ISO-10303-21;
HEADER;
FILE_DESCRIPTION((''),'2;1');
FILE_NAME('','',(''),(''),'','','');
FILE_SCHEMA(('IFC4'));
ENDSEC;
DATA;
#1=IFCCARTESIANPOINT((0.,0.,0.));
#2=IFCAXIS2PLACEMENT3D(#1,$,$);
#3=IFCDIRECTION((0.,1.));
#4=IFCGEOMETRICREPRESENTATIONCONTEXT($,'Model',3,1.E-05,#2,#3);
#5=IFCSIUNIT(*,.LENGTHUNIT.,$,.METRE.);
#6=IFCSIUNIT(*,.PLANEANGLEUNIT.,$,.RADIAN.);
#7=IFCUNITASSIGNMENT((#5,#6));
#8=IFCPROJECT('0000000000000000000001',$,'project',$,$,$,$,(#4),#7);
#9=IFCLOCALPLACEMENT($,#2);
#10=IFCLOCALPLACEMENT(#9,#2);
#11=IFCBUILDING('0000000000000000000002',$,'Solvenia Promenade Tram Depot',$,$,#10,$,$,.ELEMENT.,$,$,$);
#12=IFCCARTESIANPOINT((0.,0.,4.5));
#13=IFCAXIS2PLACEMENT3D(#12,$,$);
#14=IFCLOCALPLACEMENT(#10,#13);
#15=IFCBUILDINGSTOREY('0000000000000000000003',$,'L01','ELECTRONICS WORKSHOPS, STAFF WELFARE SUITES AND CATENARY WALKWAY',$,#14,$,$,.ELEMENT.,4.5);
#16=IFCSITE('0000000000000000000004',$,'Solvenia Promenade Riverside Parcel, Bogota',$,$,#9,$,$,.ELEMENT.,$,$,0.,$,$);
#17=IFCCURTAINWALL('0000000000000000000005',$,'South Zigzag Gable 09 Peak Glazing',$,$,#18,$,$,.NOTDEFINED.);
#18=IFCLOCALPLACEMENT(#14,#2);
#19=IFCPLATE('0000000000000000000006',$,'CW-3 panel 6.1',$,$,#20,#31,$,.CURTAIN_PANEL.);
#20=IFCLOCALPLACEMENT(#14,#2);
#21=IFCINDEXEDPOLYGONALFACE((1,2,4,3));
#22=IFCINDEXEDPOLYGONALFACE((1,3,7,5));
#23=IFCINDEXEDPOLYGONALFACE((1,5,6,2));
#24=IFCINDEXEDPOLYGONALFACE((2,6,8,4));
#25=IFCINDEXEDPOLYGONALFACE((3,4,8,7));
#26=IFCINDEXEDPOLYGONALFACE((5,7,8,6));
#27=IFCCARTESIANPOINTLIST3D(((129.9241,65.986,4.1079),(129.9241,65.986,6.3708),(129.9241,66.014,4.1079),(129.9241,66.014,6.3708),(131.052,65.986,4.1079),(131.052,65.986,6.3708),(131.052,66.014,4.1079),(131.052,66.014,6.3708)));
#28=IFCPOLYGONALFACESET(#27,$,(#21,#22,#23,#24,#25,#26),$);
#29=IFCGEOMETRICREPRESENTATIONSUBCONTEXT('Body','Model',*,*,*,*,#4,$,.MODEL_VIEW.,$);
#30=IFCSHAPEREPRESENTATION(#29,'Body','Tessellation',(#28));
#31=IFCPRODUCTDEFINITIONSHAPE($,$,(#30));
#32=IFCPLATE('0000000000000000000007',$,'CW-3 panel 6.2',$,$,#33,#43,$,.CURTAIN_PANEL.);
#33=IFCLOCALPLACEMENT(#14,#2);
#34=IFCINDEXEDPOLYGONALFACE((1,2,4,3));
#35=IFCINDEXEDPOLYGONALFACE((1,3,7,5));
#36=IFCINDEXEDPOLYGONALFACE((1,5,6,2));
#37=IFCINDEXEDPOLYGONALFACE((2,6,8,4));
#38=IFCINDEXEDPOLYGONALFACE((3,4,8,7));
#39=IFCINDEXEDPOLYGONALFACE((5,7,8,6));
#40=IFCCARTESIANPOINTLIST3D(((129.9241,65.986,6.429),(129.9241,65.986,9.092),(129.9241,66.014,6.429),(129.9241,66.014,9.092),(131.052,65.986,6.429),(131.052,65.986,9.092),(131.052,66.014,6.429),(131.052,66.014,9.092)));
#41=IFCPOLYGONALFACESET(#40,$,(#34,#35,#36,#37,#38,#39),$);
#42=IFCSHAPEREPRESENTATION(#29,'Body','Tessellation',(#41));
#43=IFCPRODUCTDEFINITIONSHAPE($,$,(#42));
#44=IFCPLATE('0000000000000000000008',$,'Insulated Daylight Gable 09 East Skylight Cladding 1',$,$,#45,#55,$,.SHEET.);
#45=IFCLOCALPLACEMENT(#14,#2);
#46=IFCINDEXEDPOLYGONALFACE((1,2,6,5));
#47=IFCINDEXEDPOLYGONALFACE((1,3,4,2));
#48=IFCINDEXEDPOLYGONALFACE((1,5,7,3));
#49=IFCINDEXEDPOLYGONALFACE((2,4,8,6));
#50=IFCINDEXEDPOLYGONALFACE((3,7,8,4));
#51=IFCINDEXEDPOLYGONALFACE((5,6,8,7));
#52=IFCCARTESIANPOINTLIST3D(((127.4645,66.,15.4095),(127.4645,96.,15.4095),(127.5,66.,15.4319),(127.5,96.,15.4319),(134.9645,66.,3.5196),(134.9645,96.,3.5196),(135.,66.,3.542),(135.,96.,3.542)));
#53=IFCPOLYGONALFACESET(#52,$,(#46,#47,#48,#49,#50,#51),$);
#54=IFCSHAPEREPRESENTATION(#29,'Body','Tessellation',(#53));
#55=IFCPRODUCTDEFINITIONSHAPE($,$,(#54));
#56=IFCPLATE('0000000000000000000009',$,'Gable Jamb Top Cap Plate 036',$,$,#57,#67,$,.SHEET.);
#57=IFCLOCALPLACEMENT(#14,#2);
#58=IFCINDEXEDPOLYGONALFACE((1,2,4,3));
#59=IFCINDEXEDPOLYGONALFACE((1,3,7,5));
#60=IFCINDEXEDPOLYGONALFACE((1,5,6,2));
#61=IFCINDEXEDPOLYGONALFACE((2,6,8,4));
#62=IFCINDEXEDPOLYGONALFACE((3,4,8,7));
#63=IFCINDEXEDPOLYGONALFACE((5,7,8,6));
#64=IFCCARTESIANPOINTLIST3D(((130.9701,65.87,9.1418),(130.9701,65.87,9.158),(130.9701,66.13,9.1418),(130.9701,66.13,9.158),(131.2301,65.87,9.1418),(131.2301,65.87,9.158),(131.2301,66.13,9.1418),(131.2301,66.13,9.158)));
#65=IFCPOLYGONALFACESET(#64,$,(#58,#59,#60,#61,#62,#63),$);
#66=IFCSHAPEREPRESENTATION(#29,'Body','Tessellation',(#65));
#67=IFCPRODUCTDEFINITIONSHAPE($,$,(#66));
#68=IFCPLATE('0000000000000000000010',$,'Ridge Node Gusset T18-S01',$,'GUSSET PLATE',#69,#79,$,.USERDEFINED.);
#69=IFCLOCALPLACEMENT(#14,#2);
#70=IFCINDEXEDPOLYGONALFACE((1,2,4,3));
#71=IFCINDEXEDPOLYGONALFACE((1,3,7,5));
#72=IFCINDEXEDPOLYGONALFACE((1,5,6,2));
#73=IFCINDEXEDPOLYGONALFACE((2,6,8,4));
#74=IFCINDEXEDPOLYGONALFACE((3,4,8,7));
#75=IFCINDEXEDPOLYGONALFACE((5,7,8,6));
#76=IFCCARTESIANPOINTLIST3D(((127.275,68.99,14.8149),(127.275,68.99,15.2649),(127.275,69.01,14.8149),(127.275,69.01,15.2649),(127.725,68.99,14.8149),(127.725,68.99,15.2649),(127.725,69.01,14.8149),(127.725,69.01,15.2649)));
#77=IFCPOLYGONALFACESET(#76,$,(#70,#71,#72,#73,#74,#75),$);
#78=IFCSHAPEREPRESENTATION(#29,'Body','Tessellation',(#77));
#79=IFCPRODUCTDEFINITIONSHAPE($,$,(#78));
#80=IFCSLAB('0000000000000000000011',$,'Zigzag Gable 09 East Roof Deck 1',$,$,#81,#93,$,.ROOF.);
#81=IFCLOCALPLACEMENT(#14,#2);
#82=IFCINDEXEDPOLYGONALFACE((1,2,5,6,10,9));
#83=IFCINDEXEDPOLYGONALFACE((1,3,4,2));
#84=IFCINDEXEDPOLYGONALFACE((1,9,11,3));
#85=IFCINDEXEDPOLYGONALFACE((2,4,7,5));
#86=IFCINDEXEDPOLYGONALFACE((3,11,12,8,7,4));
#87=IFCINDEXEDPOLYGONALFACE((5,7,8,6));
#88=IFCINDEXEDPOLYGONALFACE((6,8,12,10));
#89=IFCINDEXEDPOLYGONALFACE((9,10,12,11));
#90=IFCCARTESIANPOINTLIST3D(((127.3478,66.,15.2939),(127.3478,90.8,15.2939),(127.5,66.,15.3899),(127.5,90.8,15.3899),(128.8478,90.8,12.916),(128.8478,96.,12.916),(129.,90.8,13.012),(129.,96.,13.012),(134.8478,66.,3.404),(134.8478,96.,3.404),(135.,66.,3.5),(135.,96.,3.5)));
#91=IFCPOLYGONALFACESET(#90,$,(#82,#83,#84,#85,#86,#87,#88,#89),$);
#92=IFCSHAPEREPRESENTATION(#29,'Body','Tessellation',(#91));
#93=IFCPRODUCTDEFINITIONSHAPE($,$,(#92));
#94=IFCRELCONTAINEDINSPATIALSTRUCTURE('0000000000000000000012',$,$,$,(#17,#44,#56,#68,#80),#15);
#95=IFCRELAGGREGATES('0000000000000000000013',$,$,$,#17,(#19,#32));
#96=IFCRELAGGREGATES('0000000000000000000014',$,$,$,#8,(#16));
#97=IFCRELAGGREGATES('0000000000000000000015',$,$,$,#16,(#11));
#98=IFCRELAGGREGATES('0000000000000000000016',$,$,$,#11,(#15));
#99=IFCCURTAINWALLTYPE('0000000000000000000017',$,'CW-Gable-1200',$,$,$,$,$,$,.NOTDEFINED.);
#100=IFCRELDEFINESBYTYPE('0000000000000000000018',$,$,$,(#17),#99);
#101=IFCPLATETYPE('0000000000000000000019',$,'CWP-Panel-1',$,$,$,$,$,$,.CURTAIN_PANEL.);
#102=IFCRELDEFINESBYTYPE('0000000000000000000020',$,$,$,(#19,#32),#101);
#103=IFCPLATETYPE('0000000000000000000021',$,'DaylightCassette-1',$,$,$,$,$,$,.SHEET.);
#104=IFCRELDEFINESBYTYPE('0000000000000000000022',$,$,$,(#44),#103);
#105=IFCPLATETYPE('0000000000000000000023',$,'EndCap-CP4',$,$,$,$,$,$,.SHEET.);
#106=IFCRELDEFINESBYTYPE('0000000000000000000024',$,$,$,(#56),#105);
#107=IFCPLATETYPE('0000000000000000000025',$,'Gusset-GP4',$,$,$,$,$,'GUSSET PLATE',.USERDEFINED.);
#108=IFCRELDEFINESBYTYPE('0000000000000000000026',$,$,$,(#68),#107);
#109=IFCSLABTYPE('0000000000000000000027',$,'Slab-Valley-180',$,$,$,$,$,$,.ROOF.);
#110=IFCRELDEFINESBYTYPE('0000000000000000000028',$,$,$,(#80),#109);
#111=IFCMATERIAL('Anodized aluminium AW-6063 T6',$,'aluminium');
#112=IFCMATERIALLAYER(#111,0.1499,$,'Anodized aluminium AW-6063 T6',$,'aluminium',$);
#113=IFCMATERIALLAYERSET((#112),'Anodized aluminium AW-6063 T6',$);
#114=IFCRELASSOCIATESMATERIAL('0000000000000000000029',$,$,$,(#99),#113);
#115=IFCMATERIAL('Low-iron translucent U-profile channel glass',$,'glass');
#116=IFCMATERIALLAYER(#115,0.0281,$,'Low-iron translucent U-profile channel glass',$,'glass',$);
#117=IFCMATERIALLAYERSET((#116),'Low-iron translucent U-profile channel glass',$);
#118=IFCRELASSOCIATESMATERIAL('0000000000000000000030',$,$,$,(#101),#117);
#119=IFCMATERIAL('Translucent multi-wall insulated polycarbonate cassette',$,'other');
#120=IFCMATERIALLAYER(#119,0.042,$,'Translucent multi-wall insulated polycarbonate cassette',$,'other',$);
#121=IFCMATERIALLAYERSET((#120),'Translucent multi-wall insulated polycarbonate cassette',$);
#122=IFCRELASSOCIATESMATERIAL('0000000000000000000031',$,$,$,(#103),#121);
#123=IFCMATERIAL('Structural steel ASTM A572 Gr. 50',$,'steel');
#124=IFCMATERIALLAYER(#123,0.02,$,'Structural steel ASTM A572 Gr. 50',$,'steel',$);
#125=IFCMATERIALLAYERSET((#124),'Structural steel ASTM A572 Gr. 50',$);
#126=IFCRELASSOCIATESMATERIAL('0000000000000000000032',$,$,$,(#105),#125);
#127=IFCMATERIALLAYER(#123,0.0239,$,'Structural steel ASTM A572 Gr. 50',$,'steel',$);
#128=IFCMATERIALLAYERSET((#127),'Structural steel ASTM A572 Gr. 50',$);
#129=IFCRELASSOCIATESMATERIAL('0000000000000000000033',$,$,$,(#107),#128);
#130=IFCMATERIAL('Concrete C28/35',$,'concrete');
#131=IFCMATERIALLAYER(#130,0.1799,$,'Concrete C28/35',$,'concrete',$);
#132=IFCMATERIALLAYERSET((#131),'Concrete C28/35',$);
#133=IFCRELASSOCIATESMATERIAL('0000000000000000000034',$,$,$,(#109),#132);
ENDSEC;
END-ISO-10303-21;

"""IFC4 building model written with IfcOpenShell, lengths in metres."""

from ifc_helpers import new_model, si_unit, direction, frame, origin, origin_2d, place, context, subcontext, project, spatial, polyline, rectangle, outline, extrude, material, layer, layer_set, type_object, element, aggregate, save


model = new_model("IFC4")

# Units and contexts
model_context = context("Model", 3, precision=1e-05, world=origin(), true_north=direction((0.0, 1.0)))
body_context = subcontext(model_context, "Body", "Model", "MODEL_VIEW")
ifc_project = project(units=[si_unit("LENGTHUNIT", "METRE"), si_unit("PLANEANGLEUNIT", "RADIAN")], contexts=[model_context])

# Site, building, storey
site_placement = place(None, origin())
site = spatial("IfcSite", under=ifc_project, at=site_placement, Name="Solvenia Promenade Riverside Parcel, Bogota", CompositionType="ELEMENT", RefElevation=0.0)
building_placement = place(site_placement, origin())
building = spatial("IfcBuilding", under=site, at=building_placement, Name="Solvenia Promenade Tram Depot", CompositionType="ELEMENT")
storey_placement = place(building_placement, frame((0.0, 0.0, 4.5)))
storey = spatial("IfcBuildingStorey", under=building, at=storey_placement, Name="L01", Description="ELECTRONICS WORKSHOPS, STAFF WELFARE SUITES AND CATENARY WALKWAY", CompositionType="ELEMENT", Elevation=4.5)

# Curtain wall
ifc_material_1 = material(Name="Anodized aluminium AW-6063 T6", Category="aluminium")
ifc_layer_1 = layer(ifc_material_1, 0.1499, Name="Anodized aluminium AW-6063 T6", Category="aluminium")
ifc_layer_set_1 = layer_set([ifc_layer_1], Name="Anodized aluminium AW-6063 T6")
curtain_wall_type = type_object("IfcCurtainWallType", Name="CW-Gable-1200", PredefinedType="NOTDEFINED", material=ifc_layer_set_1)
curtain_wall_placement = place(storey_placement, origin())
curtain_wall = element("IfcCurtainWall", 1, at=curtain_wall_placement, inside=storey, type_object=curtain_wall_type, Name="South Zigzag Gable 09 Peak Glazing", PredefinedType="NOTDEFINED")

# Plates
ifc_material_2 = material(Name="Low-iron translucent U-profile channel glass", Category="glass")
ifc_layer_2 = layer(ifc_material_2, 0.0281, Name="Low-iron translucent U-profile channel glass", Category="glass")
ifc_layer_set_2 = layer_set([ifc_layer_2], Name="Low-iron translucent U-profile channel glass")
plate_type_1 = type_object("IfcPlateType", Name="CWP-Panel-1", PredefinedType="CURTAIN_PANEL", material=ifc_layer_set_2)
plate_1_placement = place(storey_placement, frame((130.488, 66.0, 4.1079), z_axis=(0.0, 0.0, 1.0), x_axis=(1.0, 0.0, 0.0)))
plate_1 = element("IfcPlate", 2, at=plate_1_placement, type_object=plate_type_1, Name="CW-3 panel 6.1", PredefinedType="CURTAIN_PANEL", context=body_context, shape_type="SweptSolid", body=[
    extrude(rectangle(XDim=1.1279, YDim=0.0281, at=origin_2d()), origin(), (0.0, 0.0, 1.0), 2.2629),
])
plate_2_placement = place(storey_placement, frame((130.488, 66.0, 6.429), z_axis=(0.0, 0.0, 1.0), x_axis=(1.0, 0.0, 0.0)))
plate_2 = element("IfcPlate", 3, at=plate_2_placement, type_object=plate_type_1, Name="CW-3 panel 6.2", PredefinedType="CURTAIN_PANEL", context=body_context, shape_type="SweptSolid", body=[
    extrude(rectangle(XDim=1.1279, YDim=0.0281, at=origin_2d()), origin(), (0.0, 0.0, 1.0), 2.6631),
])
aggregate(curtain_wall, [plate_1, plate_2])

# Plates
ifc_material_3 = material(Name="Translucent multi-wall insulated polycarbonate cassette", Category="other")
ifc_layer_3 = layer(ifc_material_3, 0.042, Name="Translucent multi-wall insulated polycarbonate cassette", Category="other")
ifc_layer_set_3 = layer_set([ifc_layer_3], Name="Translucent multi-wall insulated polycarbonate cassette")
plate_type_2 = type_object("IfcPlateType", Name="DaylightCassette-1", PredefinedType="SHEET", material=ifc_layer_set_3)
plate_3_placement = place(storey_placement, frame((127.5, 66.0, 15.4319), z_axis=(0.845791, 0.0, 0.533515), x_axis=(0.0, 1.0, 0.0)))
element("IfcPlate", 4, at=plate_3_placement, inside=storey, type_object=plate_type_2, Name="Insulated Daylight Gable 09 East Skylight Cladding 1", PredefinedType="SHEET", context=body_context, shape_type="SweptSolid", body=[
    extrude(outline(polyline([(0.0, 0.0), (30.0, 0.0), (30.0, -14.0577), (0.0, -14.0577), (0.0, 0.0)])), origin(), (0.0, 0.0, -1.0), 0.042),
])
ifc_material_4 = material(Name="Structural steel ASTM A572 Gr. 50", Category="steel")
ifc_layer_4 = layer(ifc_material_4, 0.02, Name="Structural steel ASTM A572 Gr. 50", Category="steel")
ifc_layer_set_4 = layer_set([ifc_layer_4], Name="Structural steel ASTM A572 Gr. 50")
plate_type_3 = type_object("IfcPlateType", Name="EndCap-CP4", PredefinedType="SHEET", material=ifc_layer_set_4)
plate_4_placement = place(storey_placement, frame((131.1001, 66.0, 9.1418), z_axis=(0.0, 0.0, 1.0), x_axis=(1.0, 0.0, 0.0)))
element("IfcPlate", 5, at=plate_4_placement, inside=storey, type_object=plate_type_3, Name="Gable Jamb Top Cap Plate 036", PredefinedType="SHEET", context=body_context, shape_type="SweptSolid", body=[
    extrude(rectangle(XDim=0.26, YDim=0.26, at=origin_2d()), origin(), (0.0, 0.0, 1.0), 0.0161),
])
ifc_layer_5 = layer(ifc_material_4, 0.0239, Name="Structural steel ASTM A572 Gr. 50", Category="steel")
ifc_layer_set_5 = layer_set([ifc_layer_5], Name="Structural steel ASTM A572 Gr. 50")
plate_type_4 = type_object("IfcPlateType", Name="Gusset-GP4", ElementType="GUSSET PLATE", PredefinedType="USERDEFINED", material=ifc_layer_set_5)
plate_5_placement = place(storey_placement, frame((127.5, 69.0, 14.8149), z_axis=(0.0, 0.0, 1.0), x_axis=(1.0, 0.0, 0.0)))
element("IfcPlate", 6, at=plate_5_placement, inside=storey, type_object=plate_type_4, Name="Ridge Node Gusset T18-S01", ObjectType="GUSSET PLATE", PredefinedType="USERDEFINED", context=body_context, shape_type="SweptSolid", body=[
    extrude(rectangle(XDim=0.45, YDim=0.02, at=origin_2d()), origin(), (0.0, 0.0, 1.0), 0.45),
])

# Slab
ifc_material_5 = material(Name="Concrete C28/35", Category="concrete")
ifc_layer_6 = layer(ifc_material_5, 0.1799, Name="Concrete C28/35", Category="concrete")
ifc_layer_set_6 = layer_set([ifc_layer_6], Name="Concrete C28/35")
slab_type = type_object("IfcSlabType", Name="Slab-Valley-180", PredefinedType="ROOF", material=ifc_layer_set_6)
slab_placement = place(storey_placement, frame((127.5, 66.0, 15.3899), z_axis=(0.845791, 0.0, 0.533514), x_axis=(0.0, 1.0, 0.0)))
element("IfcSlab", 7, at=slab_placement, inside=storey, type_object=slab_type, Name="Zigzag Gable 09 East Roof Deck 1", PredefinedType="ROOF", context=body_context, shape_type="SweptSolid", body=[
    extrude(outline(polyline([(0.0, 0.0), (24.8, 0.0), (24.8, -2.8115), (30.0, -2.8115), (30.0, -14.0577), (0.0, -14.0577), (0.0, 0.0)])), origin(), (0.0, 0.0, -1.0), 0.1799),
])

save(model, "model.ifc")
